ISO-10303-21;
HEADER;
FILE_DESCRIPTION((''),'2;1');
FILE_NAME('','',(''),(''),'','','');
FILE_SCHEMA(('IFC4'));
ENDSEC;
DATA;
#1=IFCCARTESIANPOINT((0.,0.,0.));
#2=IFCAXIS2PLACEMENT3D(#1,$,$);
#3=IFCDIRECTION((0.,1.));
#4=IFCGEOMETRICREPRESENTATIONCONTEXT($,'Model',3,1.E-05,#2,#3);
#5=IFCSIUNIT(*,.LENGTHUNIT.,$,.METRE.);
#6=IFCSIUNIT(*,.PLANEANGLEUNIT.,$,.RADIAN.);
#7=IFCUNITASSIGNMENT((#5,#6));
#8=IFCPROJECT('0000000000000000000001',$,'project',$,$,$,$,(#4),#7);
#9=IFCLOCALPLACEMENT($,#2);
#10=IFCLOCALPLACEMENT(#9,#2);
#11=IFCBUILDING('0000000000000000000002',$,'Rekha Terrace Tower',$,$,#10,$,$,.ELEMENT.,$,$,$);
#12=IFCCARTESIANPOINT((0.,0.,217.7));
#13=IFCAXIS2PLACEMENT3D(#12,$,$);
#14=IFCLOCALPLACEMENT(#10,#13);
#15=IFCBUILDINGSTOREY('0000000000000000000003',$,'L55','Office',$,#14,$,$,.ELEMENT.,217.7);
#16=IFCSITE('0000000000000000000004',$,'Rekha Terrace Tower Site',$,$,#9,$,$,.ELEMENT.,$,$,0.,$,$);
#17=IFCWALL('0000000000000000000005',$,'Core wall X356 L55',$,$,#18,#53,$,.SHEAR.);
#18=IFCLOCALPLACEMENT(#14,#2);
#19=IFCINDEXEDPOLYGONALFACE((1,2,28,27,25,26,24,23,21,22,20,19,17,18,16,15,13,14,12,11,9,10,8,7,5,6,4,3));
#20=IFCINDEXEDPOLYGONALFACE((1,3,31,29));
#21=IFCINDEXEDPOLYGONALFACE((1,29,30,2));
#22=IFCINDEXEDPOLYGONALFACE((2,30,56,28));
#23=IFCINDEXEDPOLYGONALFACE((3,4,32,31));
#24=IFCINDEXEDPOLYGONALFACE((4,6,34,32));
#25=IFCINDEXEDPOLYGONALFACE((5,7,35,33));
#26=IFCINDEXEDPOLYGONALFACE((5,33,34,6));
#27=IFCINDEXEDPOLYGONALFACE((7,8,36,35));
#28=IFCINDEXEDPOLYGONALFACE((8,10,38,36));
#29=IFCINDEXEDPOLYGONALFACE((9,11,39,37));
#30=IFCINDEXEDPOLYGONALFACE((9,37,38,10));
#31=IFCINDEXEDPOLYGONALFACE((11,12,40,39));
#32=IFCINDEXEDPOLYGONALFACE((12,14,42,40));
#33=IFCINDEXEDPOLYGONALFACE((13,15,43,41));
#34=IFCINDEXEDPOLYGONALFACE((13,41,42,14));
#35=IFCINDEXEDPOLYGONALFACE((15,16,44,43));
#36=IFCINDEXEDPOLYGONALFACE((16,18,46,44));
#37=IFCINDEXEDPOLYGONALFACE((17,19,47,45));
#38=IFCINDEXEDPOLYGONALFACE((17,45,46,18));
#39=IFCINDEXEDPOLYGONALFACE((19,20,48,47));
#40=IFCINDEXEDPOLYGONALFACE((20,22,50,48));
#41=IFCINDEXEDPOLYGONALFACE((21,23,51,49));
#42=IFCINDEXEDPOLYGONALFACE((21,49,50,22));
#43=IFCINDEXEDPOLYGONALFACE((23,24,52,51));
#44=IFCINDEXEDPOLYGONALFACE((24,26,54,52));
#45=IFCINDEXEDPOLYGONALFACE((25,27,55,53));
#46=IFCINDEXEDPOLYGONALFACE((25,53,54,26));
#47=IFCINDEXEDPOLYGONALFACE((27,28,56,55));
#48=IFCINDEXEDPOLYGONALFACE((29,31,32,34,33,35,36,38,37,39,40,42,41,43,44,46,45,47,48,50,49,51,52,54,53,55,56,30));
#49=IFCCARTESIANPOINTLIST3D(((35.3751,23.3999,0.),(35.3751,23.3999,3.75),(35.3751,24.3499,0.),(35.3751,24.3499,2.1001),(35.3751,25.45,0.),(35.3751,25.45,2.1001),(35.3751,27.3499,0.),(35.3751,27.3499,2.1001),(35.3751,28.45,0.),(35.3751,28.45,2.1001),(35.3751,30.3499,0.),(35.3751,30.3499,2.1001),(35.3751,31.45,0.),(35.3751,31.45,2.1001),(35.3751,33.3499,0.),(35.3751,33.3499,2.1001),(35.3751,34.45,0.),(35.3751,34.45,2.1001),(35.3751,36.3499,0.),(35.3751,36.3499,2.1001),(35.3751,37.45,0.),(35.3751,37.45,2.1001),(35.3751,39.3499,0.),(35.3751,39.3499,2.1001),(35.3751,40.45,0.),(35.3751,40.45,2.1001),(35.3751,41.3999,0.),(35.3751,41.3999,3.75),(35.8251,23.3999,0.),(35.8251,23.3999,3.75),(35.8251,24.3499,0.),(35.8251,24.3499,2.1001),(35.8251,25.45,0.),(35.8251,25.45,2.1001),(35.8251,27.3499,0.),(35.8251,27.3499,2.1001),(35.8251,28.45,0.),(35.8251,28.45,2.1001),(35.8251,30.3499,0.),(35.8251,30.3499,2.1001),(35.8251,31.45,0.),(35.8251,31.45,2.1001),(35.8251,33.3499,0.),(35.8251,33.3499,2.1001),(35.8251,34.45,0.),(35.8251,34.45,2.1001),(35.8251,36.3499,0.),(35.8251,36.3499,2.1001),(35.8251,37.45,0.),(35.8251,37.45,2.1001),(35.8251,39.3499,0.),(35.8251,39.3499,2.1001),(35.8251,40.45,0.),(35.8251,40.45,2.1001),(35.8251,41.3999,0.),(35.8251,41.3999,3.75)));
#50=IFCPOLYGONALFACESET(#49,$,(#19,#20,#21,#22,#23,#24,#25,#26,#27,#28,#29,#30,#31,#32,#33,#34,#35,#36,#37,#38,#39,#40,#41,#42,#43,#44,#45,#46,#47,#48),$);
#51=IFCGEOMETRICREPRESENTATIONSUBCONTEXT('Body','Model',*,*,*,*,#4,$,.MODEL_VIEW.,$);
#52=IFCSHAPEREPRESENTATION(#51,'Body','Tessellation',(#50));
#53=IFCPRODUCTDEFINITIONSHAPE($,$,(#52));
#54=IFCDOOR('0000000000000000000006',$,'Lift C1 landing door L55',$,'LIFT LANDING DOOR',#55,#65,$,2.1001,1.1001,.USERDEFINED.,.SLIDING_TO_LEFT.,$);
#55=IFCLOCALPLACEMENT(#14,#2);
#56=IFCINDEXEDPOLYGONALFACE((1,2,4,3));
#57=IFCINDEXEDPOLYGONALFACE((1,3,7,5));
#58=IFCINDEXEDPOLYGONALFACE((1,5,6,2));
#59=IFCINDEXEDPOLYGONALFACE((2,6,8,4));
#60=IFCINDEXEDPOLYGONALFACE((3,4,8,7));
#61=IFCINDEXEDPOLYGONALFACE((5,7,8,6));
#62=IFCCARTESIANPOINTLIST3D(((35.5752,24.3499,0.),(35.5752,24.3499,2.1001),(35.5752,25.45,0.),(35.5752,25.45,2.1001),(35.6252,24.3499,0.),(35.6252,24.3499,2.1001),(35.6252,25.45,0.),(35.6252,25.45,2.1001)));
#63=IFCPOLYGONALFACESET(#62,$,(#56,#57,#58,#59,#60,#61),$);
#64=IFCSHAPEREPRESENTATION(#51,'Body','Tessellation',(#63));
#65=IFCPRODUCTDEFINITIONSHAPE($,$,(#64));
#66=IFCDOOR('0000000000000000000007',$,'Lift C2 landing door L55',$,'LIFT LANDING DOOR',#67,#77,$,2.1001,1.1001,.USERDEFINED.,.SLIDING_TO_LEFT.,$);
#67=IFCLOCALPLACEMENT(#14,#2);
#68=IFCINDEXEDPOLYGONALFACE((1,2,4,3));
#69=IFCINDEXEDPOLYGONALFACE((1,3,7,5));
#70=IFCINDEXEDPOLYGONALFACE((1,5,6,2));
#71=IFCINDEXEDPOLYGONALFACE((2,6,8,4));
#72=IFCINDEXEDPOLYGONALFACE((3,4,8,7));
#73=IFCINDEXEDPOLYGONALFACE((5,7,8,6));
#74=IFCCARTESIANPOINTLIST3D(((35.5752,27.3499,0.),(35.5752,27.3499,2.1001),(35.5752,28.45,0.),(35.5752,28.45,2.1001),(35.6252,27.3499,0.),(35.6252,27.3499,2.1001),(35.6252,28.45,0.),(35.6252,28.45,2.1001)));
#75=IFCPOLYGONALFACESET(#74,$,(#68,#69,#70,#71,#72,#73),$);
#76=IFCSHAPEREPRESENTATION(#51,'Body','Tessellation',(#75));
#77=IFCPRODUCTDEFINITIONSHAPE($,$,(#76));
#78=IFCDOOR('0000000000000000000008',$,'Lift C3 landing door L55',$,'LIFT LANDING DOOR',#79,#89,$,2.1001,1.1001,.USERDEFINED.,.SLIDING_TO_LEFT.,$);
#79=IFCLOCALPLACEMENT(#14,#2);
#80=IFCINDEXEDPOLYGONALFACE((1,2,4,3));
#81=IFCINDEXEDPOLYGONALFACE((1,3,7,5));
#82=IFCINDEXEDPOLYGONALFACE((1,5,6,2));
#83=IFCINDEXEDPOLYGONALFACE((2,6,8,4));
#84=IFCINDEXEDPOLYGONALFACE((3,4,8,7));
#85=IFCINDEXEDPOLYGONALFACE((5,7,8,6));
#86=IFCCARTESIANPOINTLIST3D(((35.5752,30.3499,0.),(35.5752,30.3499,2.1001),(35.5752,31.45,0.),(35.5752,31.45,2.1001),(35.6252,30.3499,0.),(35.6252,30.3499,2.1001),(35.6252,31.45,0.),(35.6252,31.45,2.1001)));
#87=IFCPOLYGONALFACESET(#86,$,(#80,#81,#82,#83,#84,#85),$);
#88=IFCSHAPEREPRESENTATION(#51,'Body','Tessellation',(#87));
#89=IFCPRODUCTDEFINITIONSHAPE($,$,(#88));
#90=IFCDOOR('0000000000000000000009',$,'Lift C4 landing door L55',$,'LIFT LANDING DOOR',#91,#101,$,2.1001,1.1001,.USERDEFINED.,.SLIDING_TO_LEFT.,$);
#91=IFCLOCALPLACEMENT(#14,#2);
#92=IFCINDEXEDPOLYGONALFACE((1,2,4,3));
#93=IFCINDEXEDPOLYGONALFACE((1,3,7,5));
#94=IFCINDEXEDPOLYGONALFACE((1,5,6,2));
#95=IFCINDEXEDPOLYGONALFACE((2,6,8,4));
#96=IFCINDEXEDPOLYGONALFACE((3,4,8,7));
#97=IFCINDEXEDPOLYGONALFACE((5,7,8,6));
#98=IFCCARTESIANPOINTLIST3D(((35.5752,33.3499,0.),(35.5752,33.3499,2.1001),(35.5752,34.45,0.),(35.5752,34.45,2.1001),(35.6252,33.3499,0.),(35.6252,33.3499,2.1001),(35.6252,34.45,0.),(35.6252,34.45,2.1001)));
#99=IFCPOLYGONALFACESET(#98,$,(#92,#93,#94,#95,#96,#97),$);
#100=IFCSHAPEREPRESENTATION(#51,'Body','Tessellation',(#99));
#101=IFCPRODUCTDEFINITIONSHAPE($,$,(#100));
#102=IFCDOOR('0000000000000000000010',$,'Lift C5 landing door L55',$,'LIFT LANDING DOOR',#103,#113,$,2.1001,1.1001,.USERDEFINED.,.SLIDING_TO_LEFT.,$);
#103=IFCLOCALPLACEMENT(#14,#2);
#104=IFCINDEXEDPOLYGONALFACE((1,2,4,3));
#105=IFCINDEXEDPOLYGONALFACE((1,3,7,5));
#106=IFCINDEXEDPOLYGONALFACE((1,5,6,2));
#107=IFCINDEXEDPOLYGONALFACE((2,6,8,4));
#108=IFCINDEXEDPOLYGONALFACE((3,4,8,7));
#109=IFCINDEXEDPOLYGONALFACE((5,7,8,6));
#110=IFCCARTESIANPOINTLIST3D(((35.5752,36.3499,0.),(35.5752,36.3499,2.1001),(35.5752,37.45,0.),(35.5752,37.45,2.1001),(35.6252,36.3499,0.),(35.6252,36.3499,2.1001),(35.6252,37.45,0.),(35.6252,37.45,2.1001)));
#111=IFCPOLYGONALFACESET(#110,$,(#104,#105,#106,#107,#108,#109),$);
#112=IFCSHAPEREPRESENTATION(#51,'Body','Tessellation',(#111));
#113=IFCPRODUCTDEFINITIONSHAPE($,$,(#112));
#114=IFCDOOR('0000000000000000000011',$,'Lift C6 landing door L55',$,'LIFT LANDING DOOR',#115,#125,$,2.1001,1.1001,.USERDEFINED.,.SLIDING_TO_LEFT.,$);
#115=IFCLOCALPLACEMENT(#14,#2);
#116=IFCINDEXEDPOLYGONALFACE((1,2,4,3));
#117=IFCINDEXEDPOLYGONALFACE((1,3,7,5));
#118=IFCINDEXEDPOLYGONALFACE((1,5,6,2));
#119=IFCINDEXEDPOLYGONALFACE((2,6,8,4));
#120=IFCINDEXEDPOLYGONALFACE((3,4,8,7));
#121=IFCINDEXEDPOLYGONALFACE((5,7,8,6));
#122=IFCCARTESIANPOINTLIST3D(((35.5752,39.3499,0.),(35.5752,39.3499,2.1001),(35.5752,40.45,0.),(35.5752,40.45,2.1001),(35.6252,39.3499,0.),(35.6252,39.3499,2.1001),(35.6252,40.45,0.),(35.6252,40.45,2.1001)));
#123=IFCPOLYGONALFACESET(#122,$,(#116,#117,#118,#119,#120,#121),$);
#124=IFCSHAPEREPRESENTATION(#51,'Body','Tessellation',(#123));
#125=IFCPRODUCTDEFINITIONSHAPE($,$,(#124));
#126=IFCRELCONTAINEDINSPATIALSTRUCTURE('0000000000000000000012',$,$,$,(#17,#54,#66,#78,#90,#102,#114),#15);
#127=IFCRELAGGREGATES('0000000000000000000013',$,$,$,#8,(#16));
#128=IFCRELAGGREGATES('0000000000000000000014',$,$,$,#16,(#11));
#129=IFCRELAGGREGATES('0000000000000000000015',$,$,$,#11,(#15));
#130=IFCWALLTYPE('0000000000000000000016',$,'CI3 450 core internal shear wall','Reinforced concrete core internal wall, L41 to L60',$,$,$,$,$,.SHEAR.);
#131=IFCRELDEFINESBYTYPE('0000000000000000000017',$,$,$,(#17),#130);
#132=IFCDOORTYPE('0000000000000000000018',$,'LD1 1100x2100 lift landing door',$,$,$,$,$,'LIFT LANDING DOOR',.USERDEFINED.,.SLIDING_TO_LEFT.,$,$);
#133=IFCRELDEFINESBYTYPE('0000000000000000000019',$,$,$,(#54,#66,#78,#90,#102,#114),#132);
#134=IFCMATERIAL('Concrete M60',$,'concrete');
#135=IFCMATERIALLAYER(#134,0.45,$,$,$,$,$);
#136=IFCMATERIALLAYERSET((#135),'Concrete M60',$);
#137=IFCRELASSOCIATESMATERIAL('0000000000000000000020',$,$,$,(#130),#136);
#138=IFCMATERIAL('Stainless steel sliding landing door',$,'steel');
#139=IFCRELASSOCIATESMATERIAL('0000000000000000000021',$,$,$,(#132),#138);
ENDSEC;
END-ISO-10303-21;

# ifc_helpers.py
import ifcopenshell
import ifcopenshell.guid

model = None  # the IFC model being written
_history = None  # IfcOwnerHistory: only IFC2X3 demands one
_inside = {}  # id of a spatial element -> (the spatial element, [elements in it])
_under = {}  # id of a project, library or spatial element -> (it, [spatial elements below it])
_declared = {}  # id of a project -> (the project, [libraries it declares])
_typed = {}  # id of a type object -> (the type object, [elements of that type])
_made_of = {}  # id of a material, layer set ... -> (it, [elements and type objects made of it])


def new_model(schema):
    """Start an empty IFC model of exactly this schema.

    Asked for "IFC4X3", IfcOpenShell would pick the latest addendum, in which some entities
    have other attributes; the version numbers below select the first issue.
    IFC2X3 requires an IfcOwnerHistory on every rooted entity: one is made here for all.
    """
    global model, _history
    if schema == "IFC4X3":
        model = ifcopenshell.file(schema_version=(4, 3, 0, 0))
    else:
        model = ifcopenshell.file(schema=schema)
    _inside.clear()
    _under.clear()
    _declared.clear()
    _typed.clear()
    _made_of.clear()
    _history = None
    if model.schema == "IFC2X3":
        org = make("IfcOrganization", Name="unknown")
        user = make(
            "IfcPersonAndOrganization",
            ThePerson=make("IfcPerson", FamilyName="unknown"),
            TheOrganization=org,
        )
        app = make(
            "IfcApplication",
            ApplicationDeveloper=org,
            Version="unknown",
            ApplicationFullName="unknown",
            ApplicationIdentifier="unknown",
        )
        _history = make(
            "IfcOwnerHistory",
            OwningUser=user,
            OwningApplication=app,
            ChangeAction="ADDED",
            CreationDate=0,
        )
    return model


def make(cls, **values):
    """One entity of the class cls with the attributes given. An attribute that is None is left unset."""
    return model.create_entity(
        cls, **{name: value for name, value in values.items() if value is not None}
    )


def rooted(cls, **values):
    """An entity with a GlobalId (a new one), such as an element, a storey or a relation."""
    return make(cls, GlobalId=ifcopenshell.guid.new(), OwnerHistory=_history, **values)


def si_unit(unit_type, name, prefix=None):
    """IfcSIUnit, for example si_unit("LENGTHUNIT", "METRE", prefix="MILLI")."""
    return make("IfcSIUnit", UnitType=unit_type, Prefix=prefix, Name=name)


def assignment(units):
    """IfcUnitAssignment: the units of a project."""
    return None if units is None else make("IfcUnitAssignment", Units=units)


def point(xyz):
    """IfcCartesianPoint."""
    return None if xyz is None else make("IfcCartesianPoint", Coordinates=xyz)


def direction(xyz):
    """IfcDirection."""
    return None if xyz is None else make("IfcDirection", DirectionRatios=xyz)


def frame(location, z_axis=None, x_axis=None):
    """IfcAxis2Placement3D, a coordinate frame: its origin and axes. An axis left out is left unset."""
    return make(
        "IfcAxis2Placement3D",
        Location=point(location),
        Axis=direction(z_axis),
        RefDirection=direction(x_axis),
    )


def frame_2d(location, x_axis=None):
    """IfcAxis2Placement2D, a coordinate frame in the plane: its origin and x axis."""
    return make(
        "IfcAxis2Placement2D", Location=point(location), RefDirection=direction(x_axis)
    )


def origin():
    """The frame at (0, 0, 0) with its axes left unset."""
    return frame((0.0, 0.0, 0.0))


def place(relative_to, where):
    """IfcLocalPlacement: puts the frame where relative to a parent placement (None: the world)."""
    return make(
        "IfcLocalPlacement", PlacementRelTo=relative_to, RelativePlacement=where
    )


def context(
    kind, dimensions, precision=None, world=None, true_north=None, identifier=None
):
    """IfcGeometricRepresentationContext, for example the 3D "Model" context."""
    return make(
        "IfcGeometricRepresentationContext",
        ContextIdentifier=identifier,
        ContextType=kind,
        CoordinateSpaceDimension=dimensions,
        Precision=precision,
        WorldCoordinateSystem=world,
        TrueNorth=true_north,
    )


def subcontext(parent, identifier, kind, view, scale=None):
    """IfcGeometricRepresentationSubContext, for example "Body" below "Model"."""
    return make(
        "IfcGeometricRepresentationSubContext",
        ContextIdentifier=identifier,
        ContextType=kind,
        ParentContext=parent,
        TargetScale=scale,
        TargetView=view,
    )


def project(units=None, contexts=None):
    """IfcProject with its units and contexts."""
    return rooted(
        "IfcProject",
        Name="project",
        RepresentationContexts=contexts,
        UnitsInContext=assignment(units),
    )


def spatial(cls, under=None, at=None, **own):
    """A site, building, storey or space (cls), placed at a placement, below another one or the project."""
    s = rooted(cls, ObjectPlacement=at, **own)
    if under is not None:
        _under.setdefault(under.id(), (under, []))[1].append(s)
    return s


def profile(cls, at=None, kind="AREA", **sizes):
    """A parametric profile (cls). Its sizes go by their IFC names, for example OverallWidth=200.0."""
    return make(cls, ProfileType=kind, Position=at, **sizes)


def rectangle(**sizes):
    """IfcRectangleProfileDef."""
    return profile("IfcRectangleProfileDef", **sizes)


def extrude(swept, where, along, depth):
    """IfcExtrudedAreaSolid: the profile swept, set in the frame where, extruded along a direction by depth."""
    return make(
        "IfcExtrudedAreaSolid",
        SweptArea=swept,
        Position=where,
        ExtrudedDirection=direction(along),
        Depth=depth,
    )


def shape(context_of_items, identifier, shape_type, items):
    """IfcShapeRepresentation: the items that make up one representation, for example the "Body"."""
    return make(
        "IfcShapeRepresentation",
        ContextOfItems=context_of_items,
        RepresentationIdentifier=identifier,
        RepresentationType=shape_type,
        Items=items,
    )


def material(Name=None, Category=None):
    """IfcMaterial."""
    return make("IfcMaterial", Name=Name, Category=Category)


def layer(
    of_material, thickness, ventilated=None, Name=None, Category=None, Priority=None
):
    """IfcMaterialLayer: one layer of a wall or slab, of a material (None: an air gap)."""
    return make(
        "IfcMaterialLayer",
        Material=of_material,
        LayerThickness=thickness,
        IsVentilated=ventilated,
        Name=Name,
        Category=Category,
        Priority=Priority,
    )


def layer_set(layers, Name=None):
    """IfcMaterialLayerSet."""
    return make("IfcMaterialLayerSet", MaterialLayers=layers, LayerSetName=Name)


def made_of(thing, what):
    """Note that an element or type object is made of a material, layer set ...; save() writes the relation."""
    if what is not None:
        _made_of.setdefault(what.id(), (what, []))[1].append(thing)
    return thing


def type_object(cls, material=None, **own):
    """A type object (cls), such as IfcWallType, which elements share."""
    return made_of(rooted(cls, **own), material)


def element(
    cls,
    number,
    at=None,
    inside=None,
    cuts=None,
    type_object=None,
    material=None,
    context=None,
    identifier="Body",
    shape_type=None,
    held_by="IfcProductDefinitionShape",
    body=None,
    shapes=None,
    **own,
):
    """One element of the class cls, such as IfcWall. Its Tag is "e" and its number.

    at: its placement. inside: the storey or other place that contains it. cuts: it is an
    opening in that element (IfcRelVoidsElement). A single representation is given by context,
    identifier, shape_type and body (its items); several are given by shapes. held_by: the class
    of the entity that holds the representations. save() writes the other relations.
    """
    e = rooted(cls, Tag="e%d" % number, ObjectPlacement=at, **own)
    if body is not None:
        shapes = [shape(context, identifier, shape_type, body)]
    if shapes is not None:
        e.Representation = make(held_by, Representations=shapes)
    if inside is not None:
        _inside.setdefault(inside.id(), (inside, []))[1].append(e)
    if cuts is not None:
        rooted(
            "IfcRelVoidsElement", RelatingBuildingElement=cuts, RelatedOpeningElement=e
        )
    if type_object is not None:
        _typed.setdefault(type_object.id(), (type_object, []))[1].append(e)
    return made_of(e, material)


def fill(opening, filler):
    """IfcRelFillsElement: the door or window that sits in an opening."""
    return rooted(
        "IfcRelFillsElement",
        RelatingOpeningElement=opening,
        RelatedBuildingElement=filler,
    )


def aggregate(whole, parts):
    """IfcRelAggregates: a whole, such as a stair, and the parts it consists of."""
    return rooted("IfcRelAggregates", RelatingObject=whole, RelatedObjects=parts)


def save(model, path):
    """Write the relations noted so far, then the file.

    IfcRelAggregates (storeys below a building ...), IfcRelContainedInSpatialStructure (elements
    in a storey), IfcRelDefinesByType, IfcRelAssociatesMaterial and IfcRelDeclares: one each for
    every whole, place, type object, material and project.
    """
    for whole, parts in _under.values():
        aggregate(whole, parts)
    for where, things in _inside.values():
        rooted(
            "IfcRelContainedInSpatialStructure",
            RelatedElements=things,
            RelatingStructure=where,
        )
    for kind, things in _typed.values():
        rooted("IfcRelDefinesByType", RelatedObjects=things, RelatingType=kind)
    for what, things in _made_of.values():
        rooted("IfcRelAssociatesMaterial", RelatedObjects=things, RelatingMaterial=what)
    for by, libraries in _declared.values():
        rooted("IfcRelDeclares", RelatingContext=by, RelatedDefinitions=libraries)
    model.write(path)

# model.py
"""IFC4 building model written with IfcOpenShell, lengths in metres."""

from ifc_helpers import new_model, si_unit, direction, frame, frame_2d, origin, place, context, subcontext, project, spatial, rectangle, extrude, material, layer, layer_set, type_object, element, fill, save


model = new_model("IFC4")

# Units and contexts
model_context = context("Model", 3, precision=1e-05, world=origin(), true_north=direction((0.0, 1.0)))
body_context = subcontext(model_context, "Body", "Model", "MODEL_VIEW")
ifc_project = project(units=[si_unit("LENGTHUNIT", "METRE"), si_unit("PLANEANGLEUNIT", "RADIAN")], contexts=[model_context])

# Site, building, storey
site_placement = place(None, origin())
site = spatial("IfcSite", under=ifc_project, at=site_placement, Name="Rekha Terrace Tower Site", CompositionType="ELEMENT", RefElevation=0.0)
building_placement = place(site_placement, origin())
building = spatial("IfcBuilding", under=site, at=building_placement, Name="Rekha Terrace Tower", CompositionType="ELEMENT")
storey_placement = place(building_placement, frame((0.0, 0.0, 217.7)))
storey = spatial("IfcBuildingStorey", under=building, at=storey_placement, Name="L55", Description="Office", CompositionType="ELEMENT", Elevation=217.7)

# Shared definitions
ifc_material_1 = material(Name="Concrete M60", Category="concrete")

# Shared definitions
ifc_layer_1 = layer(ifc_material_1, 0.45)
ifc_layer_set_1 = layer_set([ifc_layer_1], Name="Concrete M60")
wall_type_1 = type_object("IfcWallType", Name="CI3 450 core internal shear wall", Description="Reinforced concrete core internal wall, L41 to L60", PredefinedType="SHEAR", material=ifc_layer_set_1)

# Wall, openings, doors
wall_1_placement = place(storey_placement, frame((35.6001, 23.3999, 0.0), z_axis=(0.0, 0.0, 1.0), x_axis=(0.0, 1.0, 0.0)))
wall_1 = element("IfcWall", 1, at=wall_1_placement, inside=storey, type_object=wall_type_1, Name="Core wall X356 L55", PredefinedType="SHEAR", context=body_context, shape_type="SweptSolid", body=[
    extrude(rectangle(XDim=18.0, YDim=0.45, at=frame_2d((9.0, 0.0))), origin(), (0.0, 0.0, 1.0), 3.75),
])
opening_1_placement = place(wall_1_placement, frame((0.95, 0.0, 0.0)))
opening_1 = element("IfcOpeningElement", 2, at=opening_1_placement, cuts=wall_1, PredefinedType="OPENING", context=body_context, shape_type="SweptSolid", body=[
    extrude(rectangle(XDim=1.1001, YDim=2.1001, at=frame_2d((0.55, 1.05))), frame((0.0, 0.2349, 0.0), z_axis=(0.0, -1.0, 0.0), x_axis=(1.0, 0.0, 0.0)), (0.0, 0.0, 1.0), 0.47),
])
opening_2_placement = place(wall_1_placement, frame((3.95, 0.0, 0.0)))
opening_2 = element("IfcOpeningElement", 3, at=opening_2_placement, cuts=wall_1, PredefinedType="OPENING", context=body_context, shape_type="SweptSolid", body=[
    extrude(rectangle(XDim=1.1001, YDim=2.1001, at=frame_2d((0.55, 1.05))), frame((0.0, 0.2349, 0.0), z_axis=(0.0, -1.0, 0.0), x_axis=(1.0, 0.0, 0.0)), (0.0, 0.0, 1.0), 0.47),
])
opening_3_placement = place(wall_1_placement, frame((6.95, 0.0, 0.0)))
opening_3 = element("IfcOpeningElement", 4, at=opening_3_placement, cuts=wall_1, PredefinedType="OPENING", context=body_context, shape_type="SweptSolid", body=[
    extrude(rectangle(XDim=1.1001, YDim=2.1001, at=frame_2d((0.55, 1.05))), frame((0.0, 0.2349, 0.0), z_axis=(0.0, -1.0, 0.0), x_axis=(1.0, 0.0, 0.0)), (0.0, 0.0, 1.0), 0.47),
])
opening_4_placement = place(wall_1_placement, frame((9.95, 0.0, 0.0)))
opening_4 = element("IfcOpeningElement", 5, at=opening_4_placement, cuts=wall_1, PredefinedType="OPENING", context=body_context, shape_type="SweptSolid", body=[
    extrude(rectangle(XDim=1.1001, YDim=2.1001, at=frame_2d((0.55, 1.05))), frame((0.0, 0.2349, 0.0), z_axis=(0.0, -1.0, 0.0), x_axis=(1.0, 0.0, 0.0)), (0.0, 0.0, 1.0), 0.47),
])
opening_5_placement = place(wall_1_placement, frame((12.95, 0.0, 0.0)))
opening_5 = element("IfcOpeningElement", 6, at=opening_5_placement, cuts=wall_1, PredefinedType="OPENING", context=body_context, shape_type="SweptSolid", body=[
    extrude(rectangle(XDim=1.1001, YDim=2.1001, at=frame_2d((0.55, 1.05))), frame((0.0, 0.2349, 0.0), z_axis=(0.0, -1.0, 0.0), x_axis=(1.0, 0.0, 0.0)), (0.0, 0.0, 1.0), 0.47),
])
opening_6_placement = place(wall_1_placement, frame((15.95, 0.0, 0.0)))
opening_6 = element("IfcOpeningElement", 7, at=opening_6_placement, cuts=wall_1, PredefinedType="OPENING", context=body_context, shape_type="SweptSolid", body=[
    extrude(rectangle(XDim=1.1001, YDim=2.1001, at=frame_2d((0.55, 1.05))), frame((0.0, 0.2349, 0.0), z_axis=(0.0, -1.0, 0.0), x_axis=(1.0, 0.0, 0.0)), (0.0, 0.0, 1.0), 0.47),
])
ifc_material_2 = material(Name="Stainless steel sliding landing door", Category="steel")
door_type_1 = type_object("IfcDoorType", Name="LD1 1100x2100 lift landing door", ElementType="LIFT LANDING DOOR", OperationType="SLIDING_TO_LEFT", PredefinedType="USERDEFINED", material=ifc_material_2)
door_1_placement = place(opening_1_placement, origin())
door_1 = element("IfcDoor", 8, at=door_1_placement, inside=storey, type_object=door_type_1, Name="Lift C1 landing door L55", ObjectType="LIFT LANDING DOOR", OperationType="SLIDING_TO_LEFT", OverallHeight=2.1001, OverallWidth=1.1001, PredefinedType="USERDEFINED", context=body_context, shape_type="SweptSolid", body=[
    extrude(rectangle(XDim=1.1001, YDim=2.1001, at=frame_2d((0.55, 1.05))), frame((0.0, 0.0249, 0.0), z_axis=(0.0, -1.0, 0.0), x_axis=(1.0, 0.0, 0.0)), (0.0, 0.0, 1.0), 0.05),
])
fill(opening_1, door_1)
door_2_placement = place(opening_2_placement, origin())
door_2 = element("IfcDoor", 9, at=door_2_placement, inside=storey, type_object=door_type_1, Name="Lift C2 landing door L55", ObjectType="LIFT LANDING DOOR", OperationType="SLIDING_TO_LEFT", OverallHeight=2.1001, OverallWidth=1.1001, PredefinedType="USERDEFINED", context=body_context, shape_type="SweptSolid", body=[
    extrude(rectangle(XDim=1.1001, YDim=2.1001, at=frame_2d((0.55, 1.05))), frame((0.0, 0.0249, 0.0), z_axis=(0.0, -1.0, 0.0), x_axis=(1.0, 0.0, 0.0)), (0.0, 0.0, 1.0), 0.05),
])
fill(opening_2, door_2)
door_3_placement = place(opening_3_placement, origin())
door_3 = element("IfcDoor", 10, at=door_3_placement, inside=storey, type_object=door_type_1, Name="Lift C3 landing door L55", ObjectType="LIFT LANDING DOOR", OperationType="SLIDING_TO_LEFT", OverallHeight=2.1001, OverallWidth=1.1001, PredefinedType="USERDEFINED", context=body_context, shape_type="SweptSolid", body=[
    extrude(rectangle(XDim=1.1001, YDim=2.1001, at=frame_2d((0.55, 1.05))), frame((0.0, 0.0249, 0.0), z_axis=(0.0, -1.0, 0.0), x_axis=(1.0, 0.0, 0.0)), (0.0, 0.0, 1.0), 0.05),
])
fill(opening_3, door_3)
door_4_placement = place(opening_4_placement, origin())
door_4 = element("IfcDoor", 11, at=door_4_placement, inside=storey, type_object=door_type_1, Name="Lift C4 landing door L55", ObjectType="LIFT LANDING DOOR", OperationType="SLIDING_TO_LEFT", OverallHeight=2.1001, OverallWidth=1.1001, PredefinedType="USERDEFINED", context=body_context, shape_type="SweptSolid", body=[
    extrude(rectangle(XDim=1.1001, YDim=2.1001, at=frame_2d((0.55, 1.05))), frame((0.0, 0.0249, 0.0), z_axis=(0.0, -1.0, 0.0), x_axis=(1.0, 0.0, 0.0)), (0.0, 0.0, 1.0), 0.05),
])
fill(opening_4, door_4)
door_5_placement = place(opening_5_placement, origin())
door_5 = element("IfcDoor", 12, at=door_5_placement, inside=storey, type_object=door_type_1, Name="Lift C5 landing door L55", ObjectType="LIFT LANDING DOOR", OperationType="SLIDING_TO_LEFT", OverallHeight=2.1001, OverallWidth=1.1001, PredefinedType="USERDEFINED", context=body_context, shape_type="SweptSolid", body=[
    extrude(rectangle(XDim=1.1001, YDim=2.1001, at=frame_2d((0.55, 1.05))), frame((0.0, 0.0249, 0.0), z_axis=(0.0, -1.0, 0.0), x_axis=(1.0, 0.0, 0.0)), (0.0, 0.0, 1.0), 0.05),
])
fill(opening_5, door_5)
door_6_placement = place(opening_6_placement, origin())
door_6 = element("IfcDoor", 13, at=door_6_placement, inside=storey, type_object=door_type_1, Name="Lift C6 landing door L55", ObjectType="LIFT LANDING DOOR", OperationType="SLIDING_TO_LEFT", OverallHeight=2.1001, OverallWidth=1.1001, PredefinedType="USERDEFINED", context=body_context, shape_type="SweptSolid", body=[
    extrude(rectangle(XDim=1.1001, YDim=2.1001, at=frame_2d((0.55, 1.05))), frame((0.0, 0.0249, 0.0), z_axis=(0.0, -1.0, 0.0), x_axis=(1.0, 0.0, 0.0)), (0.0, 0.0, 1.0), 0.05),
])
fill(opening_6, door_6)

save(model, "model.ifc")
